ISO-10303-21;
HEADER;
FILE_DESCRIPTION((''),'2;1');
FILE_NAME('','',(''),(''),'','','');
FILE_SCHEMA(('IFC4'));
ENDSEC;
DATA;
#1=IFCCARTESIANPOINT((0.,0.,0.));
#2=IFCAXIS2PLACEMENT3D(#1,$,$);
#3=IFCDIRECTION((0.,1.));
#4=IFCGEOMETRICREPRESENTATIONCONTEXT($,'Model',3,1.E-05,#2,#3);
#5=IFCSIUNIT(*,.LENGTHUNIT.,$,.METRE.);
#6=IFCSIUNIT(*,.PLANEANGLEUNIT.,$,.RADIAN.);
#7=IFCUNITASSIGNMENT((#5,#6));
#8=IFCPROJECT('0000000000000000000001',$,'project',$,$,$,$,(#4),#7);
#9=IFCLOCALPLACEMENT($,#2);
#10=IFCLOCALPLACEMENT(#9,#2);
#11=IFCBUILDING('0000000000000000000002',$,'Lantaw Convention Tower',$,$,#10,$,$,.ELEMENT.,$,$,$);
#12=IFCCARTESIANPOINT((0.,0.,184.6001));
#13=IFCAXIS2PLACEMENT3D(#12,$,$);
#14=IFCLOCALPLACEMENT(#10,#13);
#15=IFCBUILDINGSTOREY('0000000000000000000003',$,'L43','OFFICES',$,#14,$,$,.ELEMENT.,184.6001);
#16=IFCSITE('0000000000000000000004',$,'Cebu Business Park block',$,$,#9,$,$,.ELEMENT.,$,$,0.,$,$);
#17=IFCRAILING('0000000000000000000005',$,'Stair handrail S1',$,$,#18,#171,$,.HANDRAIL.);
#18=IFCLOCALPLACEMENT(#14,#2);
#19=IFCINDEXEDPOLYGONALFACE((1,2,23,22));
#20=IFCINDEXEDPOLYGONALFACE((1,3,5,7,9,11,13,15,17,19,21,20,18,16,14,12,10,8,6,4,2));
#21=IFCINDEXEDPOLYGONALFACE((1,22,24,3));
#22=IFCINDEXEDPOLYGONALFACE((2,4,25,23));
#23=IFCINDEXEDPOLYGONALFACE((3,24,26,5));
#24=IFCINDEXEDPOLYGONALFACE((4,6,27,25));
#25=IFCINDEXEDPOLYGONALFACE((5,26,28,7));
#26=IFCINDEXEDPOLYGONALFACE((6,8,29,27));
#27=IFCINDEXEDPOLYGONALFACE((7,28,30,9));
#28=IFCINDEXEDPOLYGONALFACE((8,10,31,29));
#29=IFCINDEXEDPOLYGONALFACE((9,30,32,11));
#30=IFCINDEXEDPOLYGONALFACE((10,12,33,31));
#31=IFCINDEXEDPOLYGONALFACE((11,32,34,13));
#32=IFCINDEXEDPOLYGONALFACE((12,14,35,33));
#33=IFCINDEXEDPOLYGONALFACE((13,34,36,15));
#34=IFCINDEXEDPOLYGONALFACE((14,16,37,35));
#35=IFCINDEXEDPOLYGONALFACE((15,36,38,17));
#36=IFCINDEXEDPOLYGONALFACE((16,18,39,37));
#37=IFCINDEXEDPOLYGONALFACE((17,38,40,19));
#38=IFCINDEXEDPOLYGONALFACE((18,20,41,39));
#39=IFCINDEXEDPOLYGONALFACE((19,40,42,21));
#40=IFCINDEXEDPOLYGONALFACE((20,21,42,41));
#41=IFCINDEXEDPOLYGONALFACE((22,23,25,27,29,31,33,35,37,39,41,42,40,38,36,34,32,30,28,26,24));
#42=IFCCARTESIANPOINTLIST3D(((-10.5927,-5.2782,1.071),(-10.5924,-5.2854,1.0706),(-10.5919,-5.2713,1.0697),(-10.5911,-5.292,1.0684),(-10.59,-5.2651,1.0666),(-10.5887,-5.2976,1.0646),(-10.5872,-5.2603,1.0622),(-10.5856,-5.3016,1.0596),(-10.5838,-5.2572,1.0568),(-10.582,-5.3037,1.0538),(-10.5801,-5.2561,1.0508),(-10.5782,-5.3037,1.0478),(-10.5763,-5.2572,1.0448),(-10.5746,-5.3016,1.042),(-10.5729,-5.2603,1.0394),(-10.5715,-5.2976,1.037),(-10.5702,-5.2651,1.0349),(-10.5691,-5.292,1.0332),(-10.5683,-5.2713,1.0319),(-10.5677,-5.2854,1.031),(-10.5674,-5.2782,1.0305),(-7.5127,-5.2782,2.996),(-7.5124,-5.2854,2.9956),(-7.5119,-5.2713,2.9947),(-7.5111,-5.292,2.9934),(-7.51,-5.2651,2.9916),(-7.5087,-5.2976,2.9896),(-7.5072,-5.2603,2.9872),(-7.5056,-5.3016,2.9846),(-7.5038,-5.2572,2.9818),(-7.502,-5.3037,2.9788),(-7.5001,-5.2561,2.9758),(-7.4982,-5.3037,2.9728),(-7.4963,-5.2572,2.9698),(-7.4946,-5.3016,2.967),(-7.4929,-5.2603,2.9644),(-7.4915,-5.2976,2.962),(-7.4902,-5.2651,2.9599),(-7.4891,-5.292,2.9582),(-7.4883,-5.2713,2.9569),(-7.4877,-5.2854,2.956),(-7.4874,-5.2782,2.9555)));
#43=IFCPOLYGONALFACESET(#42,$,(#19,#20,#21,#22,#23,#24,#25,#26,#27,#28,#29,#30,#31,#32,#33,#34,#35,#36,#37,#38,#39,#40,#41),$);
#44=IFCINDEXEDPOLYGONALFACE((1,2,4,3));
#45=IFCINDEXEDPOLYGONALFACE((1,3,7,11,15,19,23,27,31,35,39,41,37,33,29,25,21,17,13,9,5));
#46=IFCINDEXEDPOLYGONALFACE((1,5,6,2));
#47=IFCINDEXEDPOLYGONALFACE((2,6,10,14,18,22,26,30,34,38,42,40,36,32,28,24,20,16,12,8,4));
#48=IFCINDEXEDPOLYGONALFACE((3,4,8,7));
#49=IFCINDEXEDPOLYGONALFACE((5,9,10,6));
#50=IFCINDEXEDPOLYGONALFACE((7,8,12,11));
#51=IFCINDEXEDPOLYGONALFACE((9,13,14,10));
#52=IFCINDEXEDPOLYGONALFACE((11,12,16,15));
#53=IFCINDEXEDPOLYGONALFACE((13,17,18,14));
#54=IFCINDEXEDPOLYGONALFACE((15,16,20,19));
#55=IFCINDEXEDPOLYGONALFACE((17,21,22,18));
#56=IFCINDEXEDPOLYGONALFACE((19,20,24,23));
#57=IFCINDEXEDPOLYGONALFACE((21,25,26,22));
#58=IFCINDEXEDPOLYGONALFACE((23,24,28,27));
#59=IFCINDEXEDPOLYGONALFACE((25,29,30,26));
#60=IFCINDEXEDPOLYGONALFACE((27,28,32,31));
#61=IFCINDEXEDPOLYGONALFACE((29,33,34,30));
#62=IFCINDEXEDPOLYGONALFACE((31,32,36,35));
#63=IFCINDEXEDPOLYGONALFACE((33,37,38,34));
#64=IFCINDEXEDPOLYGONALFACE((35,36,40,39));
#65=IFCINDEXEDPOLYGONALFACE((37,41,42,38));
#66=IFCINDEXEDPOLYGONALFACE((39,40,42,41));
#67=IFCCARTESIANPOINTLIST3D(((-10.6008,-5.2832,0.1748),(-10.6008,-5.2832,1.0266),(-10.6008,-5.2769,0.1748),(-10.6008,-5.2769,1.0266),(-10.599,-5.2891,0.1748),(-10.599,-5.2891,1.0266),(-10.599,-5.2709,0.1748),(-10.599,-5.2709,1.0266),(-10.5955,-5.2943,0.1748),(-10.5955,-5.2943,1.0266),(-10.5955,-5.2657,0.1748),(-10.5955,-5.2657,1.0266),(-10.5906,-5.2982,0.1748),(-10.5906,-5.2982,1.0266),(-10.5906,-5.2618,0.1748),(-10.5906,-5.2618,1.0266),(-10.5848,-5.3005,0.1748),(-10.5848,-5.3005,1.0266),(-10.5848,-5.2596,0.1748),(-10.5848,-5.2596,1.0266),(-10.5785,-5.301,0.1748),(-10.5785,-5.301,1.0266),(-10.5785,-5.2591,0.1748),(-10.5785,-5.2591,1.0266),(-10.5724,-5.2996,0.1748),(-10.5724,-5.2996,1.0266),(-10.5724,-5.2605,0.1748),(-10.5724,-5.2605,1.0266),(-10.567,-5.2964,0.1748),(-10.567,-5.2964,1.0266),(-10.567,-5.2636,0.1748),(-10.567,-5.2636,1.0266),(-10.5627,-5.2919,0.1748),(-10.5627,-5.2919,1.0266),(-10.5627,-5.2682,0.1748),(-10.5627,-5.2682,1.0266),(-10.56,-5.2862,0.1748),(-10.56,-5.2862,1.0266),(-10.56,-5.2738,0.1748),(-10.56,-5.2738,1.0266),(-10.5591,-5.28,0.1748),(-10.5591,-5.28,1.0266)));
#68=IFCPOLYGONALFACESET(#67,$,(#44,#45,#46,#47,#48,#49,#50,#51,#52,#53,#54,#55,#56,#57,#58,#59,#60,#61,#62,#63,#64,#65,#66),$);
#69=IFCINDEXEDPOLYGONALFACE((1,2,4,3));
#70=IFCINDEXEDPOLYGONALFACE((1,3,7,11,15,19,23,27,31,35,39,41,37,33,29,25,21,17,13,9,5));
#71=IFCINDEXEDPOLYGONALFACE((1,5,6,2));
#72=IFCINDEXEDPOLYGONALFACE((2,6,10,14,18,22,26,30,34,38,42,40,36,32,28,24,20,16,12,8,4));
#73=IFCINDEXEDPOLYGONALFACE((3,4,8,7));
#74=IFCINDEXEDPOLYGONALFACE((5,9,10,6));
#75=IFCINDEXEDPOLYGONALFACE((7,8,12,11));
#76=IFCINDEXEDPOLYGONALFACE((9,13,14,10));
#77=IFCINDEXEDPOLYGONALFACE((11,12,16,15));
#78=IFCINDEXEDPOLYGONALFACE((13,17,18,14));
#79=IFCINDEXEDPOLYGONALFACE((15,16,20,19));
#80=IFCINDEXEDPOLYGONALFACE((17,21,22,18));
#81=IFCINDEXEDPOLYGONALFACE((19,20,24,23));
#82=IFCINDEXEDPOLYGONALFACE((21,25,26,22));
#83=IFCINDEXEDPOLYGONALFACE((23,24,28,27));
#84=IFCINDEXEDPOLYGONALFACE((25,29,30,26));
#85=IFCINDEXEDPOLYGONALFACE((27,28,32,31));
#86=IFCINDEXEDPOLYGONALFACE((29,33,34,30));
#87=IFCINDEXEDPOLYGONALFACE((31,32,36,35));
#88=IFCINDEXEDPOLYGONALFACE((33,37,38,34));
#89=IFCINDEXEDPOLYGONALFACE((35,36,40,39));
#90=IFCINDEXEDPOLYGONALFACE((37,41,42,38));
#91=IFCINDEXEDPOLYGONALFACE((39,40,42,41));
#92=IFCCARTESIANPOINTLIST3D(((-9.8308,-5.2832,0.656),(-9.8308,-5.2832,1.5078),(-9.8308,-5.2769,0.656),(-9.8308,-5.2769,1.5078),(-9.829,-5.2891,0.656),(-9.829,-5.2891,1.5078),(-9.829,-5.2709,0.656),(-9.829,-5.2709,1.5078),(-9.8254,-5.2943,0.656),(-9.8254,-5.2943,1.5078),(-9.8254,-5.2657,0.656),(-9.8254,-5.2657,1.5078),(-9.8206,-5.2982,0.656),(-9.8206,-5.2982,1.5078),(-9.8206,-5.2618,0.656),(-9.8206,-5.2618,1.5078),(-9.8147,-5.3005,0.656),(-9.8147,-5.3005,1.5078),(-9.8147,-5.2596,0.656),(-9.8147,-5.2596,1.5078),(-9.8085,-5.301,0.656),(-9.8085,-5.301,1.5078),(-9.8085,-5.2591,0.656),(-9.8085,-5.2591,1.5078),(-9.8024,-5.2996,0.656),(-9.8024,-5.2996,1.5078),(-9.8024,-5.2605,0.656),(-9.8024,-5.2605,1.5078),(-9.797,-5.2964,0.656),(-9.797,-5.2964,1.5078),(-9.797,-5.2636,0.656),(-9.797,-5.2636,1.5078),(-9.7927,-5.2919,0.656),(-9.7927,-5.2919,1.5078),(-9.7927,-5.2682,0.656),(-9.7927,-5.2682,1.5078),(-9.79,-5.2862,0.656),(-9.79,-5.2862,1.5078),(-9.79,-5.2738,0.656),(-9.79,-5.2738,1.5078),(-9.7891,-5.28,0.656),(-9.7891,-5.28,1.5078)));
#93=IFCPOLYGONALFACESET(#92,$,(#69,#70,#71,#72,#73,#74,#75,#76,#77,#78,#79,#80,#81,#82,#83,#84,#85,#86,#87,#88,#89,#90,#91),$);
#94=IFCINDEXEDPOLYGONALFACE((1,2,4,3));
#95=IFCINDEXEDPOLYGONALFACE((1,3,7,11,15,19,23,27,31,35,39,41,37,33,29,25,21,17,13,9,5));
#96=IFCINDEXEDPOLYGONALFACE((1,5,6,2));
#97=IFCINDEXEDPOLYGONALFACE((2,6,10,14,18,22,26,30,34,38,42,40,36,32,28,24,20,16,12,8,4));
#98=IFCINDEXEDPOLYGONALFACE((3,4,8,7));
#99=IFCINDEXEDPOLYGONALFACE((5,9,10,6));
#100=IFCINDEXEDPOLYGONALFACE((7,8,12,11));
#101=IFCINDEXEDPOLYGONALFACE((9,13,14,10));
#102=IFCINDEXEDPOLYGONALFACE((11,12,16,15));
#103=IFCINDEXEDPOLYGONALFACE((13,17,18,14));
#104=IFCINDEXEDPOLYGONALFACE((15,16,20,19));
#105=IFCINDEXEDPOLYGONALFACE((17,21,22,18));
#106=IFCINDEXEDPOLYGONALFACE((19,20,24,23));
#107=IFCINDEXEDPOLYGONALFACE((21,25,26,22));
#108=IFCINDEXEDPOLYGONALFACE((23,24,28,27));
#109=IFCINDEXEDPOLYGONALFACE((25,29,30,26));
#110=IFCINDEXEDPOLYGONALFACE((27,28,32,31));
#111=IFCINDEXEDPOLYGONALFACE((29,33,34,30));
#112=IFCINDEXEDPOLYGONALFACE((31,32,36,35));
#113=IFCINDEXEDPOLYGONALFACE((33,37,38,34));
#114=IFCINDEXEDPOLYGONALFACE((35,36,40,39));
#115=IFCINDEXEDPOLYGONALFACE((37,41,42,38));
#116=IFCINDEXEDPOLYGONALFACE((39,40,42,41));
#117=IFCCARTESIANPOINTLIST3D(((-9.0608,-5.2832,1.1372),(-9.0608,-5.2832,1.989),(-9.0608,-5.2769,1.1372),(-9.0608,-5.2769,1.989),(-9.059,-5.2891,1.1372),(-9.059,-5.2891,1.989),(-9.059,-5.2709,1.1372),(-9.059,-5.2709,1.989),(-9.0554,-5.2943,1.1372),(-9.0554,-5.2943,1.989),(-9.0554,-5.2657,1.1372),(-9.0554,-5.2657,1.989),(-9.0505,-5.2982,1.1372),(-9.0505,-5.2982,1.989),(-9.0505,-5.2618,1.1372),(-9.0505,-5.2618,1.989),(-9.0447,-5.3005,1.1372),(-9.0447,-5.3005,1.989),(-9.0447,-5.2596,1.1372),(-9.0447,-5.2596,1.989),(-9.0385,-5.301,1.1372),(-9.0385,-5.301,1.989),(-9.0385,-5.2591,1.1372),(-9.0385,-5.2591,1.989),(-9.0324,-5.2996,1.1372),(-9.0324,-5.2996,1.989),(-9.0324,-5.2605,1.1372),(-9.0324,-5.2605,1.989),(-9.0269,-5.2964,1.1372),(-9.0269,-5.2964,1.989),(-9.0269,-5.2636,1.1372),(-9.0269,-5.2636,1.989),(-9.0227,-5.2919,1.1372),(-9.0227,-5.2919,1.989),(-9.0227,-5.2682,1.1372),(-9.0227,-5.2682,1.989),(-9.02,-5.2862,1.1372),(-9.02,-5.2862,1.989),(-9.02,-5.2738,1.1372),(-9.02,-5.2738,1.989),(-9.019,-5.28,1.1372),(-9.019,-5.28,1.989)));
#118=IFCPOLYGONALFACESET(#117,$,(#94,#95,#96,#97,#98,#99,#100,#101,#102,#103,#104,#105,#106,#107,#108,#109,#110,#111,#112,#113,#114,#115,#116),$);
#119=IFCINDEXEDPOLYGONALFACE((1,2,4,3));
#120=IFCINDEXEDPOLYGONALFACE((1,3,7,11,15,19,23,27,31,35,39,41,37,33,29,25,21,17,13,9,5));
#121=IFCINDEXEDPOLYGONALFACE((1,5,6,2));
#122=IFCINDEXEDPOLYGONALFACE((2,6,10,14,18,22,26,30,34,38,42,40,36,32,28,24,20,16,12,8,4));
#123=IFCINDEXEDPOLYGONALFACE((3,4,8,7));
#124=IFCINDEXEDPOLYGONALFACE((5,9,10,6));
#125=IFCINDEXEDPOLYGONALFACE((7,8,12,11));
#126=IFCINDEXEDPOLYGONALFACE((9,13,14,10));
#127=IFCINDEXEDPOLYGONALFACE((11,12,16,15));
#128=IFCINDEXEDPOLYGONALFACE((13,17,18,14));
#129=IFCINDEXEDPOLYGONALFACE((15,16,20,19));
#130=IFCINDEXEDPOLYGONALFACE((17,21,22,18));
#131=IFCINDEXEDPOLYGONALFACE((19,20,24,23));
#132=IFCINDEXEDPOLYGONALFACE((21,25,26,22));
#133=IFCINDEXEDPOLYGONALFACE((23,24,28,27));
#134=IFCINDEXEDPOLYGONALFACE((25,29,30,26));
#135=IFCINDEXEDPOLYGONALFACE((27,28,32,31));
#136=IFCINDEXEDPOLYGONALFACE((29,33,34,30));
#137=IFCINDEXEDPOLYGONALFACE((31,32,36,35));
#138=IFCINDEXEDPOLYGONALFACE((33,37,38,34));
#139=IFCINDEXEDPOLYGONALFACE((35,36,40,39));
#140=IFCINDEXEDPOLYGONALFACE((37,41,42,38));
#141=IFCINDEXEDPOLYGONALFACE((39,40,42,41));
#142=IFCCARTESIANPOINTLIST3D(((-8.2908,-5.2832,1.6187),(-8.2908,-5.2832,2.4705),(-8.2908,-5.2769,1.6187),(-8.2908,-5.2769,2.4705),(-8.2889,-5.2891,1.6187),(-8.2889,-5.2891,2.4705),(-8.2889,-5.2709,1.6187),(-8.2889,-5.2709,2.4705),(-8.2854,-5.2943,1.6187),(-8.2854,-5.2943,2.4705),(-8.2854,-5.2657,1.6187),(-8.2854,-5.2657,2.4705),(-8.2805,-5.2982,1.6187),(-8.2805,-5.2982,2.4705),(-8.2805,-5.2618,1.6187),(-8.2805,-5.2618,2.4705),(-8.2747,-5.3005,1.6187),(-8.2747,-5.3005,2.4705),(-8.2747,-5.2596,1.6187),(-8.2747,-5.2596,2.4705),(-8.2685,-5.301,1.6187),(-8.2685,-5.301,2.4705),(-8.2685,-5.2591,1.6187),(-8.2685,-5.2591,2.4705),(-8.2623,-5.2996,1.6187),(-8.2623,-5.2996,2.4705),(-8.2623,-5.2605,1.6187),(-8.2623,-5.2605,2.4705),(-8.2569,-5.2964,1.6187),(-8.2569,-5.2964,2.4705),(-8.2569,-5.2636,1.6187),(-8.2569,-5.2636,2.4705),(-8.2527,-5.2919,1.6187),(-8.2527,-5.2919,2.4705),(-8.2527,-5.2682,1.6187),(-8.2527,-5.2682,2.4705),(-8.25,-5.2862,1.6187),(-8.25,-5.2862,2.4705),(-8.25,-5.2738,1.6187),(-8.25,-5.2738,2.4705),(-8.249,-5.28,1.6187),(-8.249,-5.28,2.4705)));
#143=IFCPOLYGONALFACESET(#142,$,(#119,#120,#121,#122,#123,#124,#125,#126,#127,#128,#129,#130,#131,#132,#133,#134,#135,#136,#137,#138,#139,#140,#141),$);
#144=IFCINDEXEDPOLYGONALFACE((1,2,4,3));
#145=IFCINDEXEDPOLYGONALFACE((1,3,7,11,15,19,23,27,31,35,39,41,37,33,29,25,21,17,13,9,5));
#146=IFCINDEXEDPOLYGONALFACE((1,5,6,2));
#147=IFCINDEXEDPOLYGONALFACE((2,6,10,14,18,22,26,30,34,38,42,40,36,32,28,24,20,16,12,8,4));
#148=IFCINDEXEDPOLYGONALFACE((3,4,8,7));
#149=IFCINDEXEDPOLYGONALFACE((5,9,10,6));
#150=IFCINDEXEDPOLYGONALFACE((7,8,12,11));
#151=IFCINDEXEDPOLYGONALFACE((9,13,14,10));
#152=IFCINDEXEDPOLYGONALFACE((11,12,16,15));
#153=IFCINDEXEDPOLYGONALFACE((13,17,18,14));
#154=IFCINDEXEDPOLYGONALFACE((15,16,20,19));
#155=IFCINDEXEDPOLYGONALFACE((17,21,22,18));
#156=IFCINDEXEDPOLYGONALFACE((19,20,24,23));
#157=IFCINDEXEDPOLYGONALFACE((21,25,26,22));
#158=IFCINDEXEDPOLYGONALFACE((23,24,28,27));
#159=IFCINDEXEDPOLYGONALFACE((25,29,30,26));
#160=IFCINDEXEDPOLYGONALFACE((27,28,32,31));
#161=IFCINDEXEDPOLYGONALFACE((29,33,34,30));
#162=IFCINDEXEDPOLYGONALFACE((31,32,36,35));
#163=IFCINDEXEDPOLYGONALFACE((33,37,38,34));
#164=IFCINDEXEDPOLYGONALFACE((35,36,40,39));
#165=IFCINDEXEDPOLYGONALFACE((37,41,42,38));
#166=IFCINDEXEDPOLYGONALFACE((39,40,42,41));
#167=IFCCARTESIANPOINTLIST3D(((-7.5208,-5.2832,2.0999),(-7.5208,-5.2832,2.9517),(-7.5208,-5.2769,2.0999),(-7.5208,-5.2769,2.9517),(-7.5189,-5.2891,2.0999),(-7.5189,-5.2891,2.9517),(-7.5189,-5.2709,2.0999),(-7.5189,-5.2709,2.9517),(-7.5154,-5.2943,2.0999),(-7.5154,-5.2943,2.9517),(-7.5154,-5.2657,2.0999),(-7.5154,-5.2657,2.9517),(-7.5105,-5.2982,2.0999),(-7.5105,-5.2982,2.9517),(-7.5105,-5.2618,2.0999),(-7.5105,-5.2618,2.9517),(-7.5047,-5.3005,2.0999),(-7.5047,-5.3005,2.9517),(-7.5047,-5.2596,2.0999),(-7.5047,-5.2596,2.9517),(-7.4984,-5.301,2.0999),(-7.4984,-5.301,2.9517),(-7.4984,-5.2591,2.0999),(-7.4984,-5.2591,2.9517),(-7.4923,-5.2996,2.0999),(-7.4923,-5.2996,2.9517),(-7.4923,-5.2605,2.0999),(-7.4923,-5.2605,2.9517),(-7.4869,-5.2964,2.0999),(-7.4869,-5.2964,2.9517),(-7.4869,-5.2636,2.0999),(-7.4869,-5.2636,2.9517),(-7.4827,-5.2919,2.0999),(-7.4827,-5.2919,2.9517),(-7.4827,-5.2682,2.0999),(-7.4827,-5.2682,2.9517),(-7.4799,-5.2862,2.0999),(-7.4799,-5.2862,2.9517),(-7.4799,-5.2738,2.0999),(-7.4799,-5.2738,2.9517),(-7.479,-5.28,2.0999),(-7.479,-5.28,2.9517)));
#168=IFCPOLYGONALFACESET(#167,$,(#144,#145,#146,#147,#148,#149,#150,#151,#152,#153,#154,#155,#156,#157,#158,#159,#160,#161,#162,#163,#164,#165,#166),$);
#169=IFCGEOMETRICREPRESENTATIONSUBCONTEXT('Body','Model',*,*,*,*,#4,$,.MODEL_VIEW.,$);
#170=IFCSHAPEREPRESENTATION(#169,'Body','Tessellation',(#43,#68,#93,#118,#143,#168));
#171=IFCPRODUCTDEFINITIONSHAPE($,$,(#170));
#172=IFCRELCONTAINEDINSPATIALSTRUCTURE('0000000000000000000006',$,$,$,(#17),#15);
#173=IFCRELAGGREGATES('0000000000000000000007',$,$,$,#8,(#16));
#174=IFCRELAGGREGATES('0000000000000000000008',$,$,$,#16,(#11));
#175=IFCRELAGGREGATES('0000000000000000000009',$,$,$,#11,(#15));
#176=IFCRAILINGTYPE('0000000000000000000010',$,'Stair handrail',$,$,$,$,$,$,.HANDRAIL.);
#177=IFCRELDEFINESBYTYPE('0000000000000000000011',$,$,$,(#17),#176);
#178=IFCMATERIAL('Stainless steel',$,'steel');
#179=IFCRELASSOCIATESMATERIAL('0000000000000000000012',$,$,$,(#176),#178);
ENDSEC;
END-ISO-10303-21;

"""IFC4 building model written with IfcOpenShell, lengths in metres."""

from ifc_helpers import new_model, si_unit, direction, frame, origin, origin_2d, place, context, subcontext, project, spatial, circle, extrude, material, type_object, element, save


model = new_model("IFC4")

# Units and contexts
model_context = context("Model", 3, precision=1e-05, world=origin(), true_north=direction((0.0, 1.0)))
body_context = subcontext(model_context, "Body", "Model", "MODEL_VIEW")
ifc_project = project(units=[si_unit("LENGTHUNIT", "METRE"), si_unit("PLANEANGLEUNIT", "RADIAN")], contexts=[model_context])

# Site, building, storey
site_placement = place(None, origin())
site = spatial("IfcSite", under=ifc_project, at=site_placement, Name="Cebu Business Park block", CompositionType="ELEMENT", RefElevation=0.0)
building_placement = place(site_placement, origin())
building = spatial("IfcBuilding", under=site, at=building_placement, Name="Lantaw Convention Tower", CompositionType="ELEMENT")
storey_placement = place(building_placement, frame((0.0, 0.0, 184.6001)))
storey = spatial("IfcBuildingStorey", under=building, at=storey_placement, Name="L43", Description="OFFICES", CompositionType="ELEMENT", Elevation=184.6001)

# Railing
ifc_material_1 = material(Name="Stainless steel", Category="steel")
railing_type = type_object("IfcRailingType", Name="Stair handrail", PredefinedType="HANDRAIL", material=ifc_material_1)
railing_1_placement = place(storey_placement, frame((-10.5801, -5.28, 0.1748)))
element("IfcRailing", 1, at=railing_1_placement, inside=storey, type_object=railing_type, Name="Stair handrail S1", PredefinedType="HANDRAIL", context=body_context, shape_type="SweptSolid", body=[
    extrude(circle(Radius=0.0239, at=origin_2d()), frame((0.0, 0.0, 0.876), z_axis=(0.847998, 0.0, 0.529999), x_axis=(0.0, 1.0, 0.0)), (0.0, 0.0, 1.0), 3.6321),
    extrude(circle(Radius=0.021, at=origin_2d()), origin(), (0.0, 0.0, 1.0), 0.8518),
    extrude(circle(Radius=0.021, at=origin_2d()), frame((0.77, 0.0, 0.4812)), (0.0, 0.0, 1.0), 0.8518),
    extrude(circle(Radius=0.021, at=origin_2d()), frame((1.54, 0.0, 0.9624)), (0.0, 0.0, 1.0), 0.8518),
    extrude(circle(Radius=0.021, at=origin_2d()), frame((2.3101, 0.0, 1.4438)), (0.0, 0.0, 1.0), 0.8518),
    extrude(circle(Radius=0.021, at=origin_2d()), frame((3.0801, 0.0, 1.925)), (0.0, 0.0, 1.0), 0.8518),
])

save(model, "model.ifc")
